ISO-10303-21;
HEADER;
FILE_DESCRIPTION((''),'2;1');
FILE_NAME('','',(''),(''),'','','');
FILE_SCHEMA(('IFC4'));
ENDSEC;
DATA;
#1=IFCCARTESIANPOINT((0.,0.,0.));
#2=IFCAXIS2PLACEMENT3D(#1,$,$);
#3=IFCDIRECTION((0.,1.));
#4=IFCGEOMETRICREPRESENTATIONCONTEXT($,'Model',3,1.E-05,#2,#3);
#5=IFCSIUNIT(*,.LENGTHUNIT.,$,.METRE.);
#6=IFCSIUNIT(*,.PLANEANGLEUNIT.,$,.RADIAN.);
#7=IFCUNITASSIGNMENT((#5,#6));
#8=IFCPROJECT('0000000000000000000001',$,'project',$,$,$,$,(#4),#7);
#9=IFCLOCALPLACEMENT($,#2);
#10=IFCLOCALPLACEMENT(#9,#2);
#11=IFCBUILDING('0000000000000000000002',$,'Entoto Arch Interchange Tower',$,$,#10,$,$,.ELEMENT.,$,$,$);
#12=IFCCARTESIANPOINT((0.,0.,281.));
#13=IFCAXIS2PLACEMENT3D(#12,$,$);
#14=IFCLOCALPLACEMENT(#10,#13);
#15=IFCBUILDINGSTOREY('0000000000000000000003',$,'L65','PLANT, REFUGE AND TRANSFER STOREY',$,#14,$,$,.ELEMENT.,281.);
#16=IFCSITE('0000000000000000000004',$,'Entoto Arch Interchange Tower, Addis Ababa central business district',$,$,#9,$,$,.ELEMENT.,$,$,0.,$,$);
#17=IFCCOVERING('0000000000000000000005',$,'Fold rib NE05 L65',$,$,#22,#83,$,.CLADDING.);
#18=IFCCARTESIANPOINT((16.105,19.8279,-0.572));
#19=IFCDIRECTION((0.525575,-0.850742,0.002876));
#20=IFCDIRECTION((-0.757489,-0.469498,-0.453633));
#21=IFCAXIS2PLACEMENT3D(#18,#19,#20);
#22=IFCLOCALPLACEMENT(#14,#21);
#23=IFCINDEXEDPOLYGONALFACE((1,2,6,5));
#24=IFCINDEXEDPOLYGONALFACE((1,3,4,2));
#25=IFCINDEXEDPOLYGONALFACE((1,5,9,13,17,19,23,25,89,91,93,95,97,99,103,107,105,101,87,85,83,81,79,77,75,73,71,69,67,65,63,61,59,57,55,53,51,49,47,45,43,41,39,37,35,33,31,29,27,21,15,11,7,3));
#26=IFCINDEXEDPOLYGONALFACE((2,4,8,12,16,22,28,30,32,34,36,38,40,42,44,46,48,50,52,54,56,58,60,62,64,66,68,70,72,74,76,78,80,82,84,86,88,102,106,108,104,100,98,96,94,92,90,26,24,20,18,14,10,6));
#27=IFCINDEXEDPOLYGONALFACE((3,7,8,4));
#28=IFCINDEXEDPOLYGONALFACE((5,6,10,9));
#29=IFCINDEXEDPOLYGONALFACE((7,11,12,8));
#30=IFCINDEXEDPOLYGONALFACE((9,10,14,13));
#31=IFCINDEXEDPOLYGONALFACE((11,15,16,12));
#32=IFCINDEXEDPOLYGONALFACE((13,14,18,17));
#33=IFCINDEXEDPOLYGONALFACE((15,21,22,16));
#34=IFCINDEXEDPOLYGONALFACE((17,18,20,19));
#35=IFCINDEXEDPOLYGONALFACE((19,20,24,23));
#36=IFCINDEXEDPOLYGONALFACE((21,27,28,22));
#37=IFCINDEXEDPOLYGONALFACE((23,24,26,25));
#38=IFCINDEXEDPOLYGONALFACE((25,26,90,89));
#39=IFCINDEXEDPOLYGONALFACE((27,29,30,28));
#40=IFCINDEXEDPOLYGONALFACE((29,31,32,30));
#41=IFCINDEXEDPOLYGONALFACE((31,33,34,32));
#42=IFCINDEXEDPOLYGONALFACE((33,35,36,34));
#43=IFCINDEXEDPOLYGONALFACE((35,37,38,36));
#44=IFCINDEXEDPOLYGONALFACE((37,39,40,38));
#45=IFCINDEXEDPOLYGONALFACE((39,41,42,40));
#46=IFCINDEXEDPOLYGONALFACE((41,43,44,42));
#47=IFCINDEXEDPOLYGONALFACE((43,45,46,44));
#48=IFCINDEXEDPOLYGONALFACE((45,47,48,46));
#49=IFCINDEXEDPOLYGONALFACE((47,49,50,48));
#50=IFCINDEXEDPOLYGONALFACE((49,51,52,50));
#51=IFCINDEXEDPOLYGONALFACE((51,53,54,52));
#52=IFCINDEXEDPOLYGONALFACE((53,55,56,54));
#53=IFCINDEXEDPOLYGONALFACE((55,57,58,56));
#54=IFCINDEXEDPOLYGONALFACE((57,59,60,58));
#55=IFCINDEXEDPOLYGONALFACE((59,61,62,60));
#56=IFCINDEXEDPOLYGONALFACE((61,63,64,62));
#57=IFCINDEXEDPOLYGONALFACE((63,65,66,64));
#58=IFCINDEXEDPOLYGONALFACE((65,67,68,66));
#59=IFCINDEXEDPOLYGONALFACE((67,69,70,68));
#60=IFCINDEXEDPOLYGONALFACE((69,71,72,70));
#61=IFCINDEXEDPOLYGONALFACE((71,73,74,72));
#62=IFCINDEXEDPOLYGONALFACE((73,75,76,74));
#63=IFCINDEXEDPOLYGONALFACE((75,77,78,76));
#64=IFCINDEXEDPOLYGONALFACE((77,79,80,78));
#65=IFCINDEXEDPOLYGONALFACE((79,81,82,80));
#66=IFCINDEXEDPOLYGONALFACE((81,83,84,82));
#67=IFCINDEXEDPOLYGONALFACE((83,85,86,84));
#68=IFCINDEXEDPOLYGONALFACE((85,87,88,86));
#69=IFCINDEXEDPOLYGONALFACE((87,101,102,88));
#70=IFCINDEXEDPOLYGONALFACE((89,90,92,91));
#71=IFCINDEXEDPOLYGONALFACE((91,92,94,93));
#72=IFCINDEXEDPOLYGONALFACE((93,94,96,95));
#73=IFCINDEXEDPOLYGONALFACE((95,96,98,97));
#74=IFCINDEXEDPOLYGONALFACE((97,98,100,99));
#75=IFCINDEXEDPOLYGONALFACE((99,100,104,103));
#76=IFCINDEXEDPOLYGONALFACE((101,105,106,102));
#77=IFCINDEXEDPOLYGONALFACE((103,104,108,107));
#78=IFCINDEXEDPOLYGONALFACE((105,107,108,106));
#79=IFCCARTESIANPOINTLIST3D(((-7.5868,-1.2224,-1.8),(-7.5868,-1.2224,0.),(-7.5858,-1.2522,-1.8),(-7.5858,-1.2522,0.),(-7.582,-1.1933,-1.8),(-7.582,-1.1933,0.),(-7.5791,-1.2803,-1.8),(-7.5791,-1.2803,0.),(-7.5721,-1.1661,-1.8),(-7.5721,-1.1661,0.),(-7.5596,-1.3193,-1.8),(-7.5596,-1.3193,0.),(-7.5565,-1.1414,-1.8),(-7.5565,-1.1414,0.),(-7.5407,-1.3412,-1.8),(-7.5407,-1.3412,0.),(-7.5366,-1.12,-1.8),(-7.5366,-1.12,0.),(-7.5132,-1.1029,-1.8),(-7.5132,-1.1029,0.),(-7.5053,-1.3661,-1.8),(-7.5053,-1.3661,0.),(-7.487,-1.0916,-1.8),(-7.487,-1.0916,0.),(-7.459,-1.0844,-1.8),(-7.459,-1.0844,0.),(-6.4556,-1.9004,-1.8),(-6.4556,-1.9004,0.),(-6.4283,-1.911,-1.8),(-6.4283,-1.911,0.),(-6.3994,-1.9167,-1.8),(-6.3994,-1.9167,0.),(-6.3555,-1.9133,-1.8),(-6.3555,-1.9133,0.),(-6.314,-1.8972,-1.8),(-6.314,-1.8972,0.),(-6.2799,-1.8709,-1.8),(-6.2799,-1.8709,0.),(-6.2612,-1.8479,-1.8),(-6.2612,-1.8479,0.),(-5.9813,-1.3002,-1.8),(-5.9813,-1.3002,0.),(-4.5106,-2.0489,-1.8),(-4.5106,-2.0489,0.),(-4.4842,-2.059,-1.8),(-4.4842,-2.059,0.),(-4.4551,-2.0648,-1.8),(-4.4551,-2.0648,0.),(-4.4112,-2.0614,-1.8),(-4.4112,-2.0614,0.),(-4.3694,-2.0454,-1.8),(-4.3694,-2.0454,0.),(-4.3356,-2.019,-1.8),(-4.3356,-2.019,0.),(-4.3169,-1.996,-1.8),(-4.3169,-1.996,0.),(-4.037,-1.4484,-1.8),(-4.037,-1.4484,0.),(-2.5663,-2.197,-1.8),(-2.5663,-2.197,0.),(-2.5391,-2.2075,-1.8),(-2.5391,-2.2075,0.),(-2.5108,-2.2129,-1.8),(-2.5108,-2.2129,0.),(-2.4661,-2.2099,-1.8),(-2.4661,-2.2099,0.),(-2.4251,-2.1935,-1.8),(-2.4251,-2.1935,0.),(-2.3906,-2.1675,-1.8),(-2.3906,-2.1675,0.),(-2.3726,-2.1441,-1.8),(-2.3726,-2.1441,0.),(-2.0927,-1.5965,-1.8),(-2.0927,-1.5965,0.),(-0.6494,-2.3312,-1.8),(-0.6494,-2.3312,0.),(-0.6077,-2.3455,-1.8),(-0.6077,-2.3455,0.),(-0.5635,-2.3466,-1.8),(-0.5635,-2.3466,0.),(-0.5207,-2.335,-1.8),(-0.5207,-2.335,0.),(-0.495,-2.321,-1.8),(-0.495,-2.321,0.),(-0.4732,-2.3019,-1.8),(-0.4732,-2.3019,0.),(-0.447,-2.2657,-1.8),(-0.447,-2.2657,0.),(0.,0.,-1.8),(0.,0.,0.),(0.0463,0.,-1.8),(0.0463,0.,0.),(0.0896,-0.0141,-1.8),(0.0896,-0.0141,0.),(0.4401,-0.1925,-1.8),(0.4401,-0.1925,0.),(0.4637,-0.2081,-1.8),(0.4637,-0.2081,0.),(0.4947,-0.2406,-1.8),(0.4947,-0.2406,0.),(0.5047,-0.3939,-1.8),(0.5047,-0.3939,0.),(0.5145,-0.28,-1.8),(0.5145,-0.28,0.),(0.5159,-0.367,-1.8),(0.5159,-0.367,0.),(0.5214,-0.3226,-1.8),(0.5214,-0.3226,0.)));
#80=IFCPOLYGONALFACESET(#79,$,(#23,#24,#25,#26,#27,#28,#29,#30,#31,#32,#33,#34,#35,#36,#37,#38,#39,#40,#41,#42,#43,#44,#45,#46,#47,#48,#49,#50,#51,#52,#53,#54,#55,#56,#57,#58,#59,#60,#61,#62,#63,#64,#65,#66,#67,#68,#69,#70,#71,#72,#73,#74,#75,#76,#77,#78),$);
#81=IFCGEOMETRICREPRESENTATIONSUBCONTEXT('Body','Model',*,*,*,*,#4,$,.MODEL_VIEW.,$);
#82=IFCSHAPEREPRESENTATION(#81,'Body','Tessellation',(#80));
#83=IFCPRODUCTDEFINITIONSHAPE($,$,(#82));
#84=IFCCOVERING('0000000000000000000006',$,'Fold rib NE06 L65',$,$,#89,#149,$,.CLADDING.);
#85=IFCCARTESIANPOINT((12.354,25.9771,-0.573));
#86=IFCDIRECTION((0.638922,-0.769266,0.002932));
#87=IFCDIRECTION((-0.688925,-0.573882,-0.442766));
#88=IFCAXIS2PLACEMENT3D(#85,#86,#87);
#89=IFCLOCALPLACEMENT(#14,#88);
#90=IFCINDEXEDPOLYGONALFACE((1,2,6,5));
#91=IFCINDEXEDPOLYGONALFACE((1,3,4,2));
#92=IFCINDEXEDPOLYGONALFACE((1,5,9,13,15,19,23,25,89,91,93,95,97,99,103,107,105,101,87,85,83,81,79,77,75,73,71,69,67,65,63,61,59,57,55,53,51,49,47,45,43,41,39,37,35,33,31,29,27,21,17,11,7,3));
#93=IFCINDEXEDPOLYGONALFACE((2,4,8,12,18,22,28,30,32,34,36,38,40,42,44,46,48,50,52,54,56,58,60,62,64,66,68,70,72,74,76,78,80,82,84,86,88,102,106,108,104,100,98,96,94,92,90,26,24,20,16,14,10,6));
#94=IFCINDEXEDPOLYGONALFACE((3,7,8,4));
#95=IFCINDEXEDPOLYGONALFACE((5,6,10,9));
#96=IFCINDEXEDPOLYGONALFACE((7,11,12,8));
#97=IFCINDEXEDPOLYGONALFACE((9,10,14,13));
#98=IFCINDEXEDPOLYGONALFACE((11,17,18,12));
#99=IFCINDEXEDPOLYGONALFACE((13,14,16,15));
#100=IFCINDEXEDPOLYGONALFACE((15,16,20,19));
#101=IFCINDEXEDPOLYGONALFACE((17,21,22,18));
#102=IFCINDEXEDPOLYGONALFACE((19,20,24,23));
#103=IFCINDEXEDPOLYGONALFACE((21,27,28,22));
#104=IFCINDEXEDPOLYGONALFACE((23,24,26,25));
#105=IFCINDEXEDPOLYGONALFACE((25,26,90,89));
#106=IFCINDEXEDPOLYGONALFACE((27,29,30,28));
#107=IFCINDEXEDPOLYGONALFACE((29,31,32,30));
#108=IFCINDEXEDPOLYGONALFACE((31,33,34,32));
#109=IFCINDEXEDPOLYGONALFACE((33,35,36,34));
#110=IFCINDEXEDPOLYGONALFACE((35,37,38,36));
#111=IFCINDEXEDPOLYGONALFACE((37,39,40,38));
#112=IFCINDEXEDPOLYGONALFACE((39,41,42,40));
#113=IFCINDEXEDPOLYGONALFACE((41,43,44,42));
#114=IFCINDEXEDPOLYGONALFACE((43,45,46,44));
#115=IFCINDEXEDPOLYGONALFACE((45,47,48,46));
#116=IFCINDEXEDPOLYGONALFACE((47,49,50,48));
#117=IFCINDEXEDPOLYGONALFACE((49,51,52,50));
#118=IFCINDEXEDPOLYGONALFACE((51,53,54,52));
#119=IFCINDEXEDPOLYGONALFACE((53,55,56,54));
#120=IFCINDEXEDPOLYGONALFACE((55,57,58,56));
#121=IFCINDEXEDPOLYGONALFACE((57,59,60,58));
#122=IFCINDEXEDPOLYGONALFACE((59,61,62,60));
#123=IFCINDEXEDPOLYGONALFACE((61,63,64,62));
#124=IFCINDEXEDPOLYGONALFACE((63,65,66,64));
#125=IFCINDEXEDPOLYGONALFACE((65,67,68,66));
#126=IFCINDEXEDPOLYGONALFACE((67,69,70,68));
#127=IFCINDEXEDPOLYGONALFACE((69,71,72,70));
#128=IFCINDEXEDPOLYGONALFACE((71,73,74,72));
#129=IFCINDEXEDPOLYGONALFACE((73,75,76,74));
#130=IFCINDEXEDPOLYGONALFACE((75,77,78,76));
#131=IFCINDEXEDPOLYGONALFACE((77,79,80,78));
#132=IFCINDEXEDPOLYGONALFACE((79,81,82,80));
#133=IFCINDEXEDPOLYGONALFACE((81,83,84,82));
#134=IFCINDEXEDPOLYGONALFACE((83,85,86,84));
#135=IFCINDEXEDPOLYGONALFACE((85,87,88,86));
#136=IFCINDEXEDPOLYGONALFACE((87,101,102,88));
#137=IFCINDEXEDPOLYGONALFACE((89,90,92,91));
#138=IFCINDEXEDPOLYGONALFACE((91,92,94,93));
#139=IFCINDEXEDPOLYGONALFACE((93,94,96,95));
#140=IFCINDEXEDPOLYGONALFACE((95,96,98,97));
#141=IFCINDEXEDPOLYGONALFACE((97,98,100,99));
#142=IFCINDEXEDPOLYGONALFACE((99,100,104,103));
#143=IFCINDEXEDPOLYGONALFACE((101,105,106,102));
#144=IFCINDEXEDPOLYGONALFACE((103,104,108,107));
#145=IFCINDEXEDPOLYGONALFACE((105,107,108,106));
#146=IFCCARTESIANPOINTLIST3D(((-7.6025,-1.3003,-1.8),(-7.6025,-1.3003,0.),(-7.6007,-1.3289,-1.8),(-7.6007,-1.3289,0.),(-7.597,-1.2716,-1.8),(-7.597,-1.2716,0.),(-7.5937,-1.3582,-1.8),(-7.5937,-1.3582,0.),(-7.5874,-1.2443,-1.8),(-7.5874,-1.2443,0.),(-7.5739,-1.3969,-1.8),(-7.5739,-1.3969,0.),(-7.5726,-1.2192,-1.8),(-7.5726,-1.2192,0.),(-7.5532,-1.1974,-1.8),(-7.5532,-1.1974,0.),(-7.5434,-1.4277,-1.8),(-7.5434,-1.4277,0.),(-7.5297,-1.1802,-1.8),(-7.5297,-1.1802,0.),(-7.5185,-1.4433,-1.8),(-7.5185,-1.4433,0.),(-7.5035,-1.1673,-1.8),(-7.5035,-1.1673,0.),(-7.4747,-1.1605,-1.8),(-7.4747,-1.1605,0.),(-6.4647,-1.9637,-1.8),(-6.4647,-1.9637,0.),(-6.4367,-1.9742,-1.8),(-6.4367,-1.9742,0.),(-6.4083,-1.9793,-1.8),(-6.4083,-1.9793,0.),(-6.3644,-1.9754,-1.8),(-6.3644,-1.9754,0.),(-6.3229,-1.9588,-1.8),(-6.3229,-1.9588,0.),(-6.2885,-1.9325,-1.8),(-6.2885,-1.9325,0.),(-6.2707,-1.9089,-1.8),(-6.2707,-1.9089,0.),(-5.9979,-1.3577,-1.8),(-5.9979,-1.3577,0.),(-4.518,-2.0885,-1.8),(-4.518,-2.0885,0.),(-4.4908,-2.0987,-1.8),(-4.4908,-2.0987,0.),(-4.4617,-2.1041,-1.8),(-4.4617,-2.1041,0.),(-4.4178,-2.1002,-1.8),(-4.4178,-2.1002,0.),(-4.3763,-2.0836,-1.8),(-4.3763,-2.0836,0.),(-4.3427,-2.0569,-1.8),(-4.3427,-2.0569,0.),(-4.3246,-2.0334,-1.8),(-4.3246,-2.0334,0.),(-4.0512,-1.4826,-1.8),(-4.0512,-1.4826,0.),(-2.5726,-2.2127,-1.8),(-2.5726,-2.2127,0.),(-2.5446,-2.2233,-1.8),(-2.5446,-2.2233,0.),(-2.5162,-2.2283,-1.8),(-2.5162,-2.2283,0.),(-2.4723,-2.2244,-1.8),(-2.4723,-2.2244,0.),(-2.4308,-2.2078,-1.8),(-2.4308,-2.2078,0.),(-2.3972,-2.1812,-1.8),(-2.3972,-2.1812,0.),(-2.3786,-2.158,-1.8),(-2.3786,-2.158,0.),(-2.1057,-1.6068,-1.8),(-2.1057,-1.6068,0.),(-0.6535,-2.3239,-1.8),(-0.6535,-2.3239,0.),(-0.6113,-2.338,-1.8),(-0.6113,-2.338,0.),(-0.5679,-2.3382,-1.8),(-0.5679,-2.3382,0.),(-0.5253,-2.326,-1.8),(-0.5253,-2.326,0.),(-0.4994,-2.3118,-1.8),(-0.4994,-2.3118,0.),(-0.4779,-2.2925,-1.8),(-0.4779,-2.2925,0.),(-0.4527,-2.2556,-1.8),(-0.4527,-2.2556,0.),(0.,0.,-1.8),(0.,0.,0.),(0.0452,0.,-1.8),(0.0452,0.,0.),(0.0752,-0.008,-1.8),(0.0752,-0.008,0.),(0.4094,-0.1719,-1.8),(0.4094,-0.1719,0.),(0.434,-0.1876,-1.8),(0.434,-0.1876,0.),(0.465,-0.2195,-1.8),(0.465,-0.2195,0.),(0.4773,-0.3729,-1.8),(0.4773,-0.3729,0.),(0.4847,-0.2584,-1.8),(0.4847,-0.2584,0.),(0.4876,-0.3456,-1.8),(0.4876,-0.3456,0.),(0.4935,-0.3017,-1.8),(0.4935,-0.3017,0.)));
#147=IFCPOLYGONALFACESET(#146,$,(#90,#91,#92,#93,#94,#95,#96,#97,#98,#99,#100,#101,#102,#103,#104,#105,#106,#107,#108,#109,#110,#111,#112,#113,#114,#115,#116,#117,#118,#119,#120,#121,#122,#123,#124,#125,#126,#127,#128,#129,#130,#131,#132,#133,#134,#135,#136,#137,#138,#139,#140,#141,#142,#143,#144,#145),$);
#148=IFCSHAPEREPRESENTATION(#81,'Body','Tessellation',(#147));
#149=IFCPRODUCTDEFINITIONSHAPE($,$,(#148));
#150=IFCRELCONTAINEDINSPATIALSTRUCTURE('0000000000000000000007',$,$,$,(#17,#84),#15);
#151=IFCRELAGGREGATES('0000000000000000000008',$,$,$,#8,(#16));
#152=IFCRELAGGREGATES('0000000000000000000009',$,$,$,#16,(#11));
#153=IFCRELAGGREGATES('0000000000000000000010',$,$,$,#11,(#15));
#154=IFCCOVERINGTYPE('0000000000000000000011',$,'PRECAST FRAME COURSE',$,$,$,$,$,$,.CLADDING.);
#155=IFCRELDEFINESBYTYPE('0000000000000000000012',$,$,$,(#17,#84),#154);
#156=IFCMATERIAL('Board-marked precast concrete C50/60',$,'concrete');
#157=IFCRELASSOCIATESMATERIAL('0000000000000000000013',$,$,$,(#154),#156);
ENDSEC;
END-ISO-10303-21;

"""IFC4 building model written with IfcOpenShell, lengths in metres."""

from ifc_helpers import new_model, si_unit, direction, frame, origin, place, context, subcontext, project, spatial, polyline, outline, extrude, material, type_object, element, save


model = new_model("IFC4")

# Units and contexts
model_context = context("Model", 3, precision=1e-05, world=origin(), true_north=direction((0.0, 1.0)))
body_context = subcontext(model_context, "Body", "Model", "MODEL_VIEW")
ifc_project = project(units=[si_unit("LENGTHUNIT", "METRE"), si_unit("PLANEANGLEUNIT", "RADIAN")], contexts=[model_context])

# Site, building, storey
site_placement = place(None, origin())
site = spatial("IfcSite", under=ifc_project, at=site_placement, Name="Entoto Arch Interchange Tower, Addis Ababa central business district", CompositionType="ELEMENT", RefElevation=0.0)
building_placement = place(site_placement, origin())
building = spatial("IfcBuilding", under=site, at=building_placement, Name="Entoto Arch Interchange Tower", CompositionType="ELEMENT")
storey_placement = place(building_placement, frame((0.0, 0.0, 281.0)))
storey = spatial("IfcBuildingStorey", under=building, at=storey_placement, Name="L65", Description="PLANT, REFUGE AND TRANSFER STOREY", CompositionType="ELEMENT", Elevation=281.0)

# Shared definitions
ifc_material_1 = material(Name="Board-marked precast concrete C50/60", Category="concrete")

# Coverings
covering_type = type_object("IfcCoveringType", Name="PRECAST FRAME COURSE", PredefinedType="CLADDING", material=ifc_material_1)
covering_1_placement = place(storey_placement, frame((16.105, 19.8279, -0.572), z_axis=(0.525575, -0.850742, 0.002876), x_axis=(-0.757489, -0.469498, -0.453633)))
element("IfcCovering", 1, at=covering_1_placement, inside=storey, type_object=covering_type, Name="Fold rib NE05 L65", PredefinedType="CLADDING", context=body_context, shape_type="SweptSolid", body=[
    extrude(outline(polyline([(0.0, 0.0), (0.0463, 0.0), (0.0896, -0.0141), (0.4401, -0.1925), (0.4637, -0.2081), (0.4947, -0.2406), (0.5145, -0.28), (0.5214, -0.3226), (0.5159, -0.367), (0.5047, -0.3939), (-0.447, -2.2657), (-0.4732, -2.3019), (-0.495, -2.321), (-0.5207, -2.335), (-0.5635, -2.3466), (-0.6077, -2.3455), (-0.6494, -2.3312), (-2.0927, -1.5965), (-2.3726, -2.1441), (-2.3906, -2.1675), (-2.4251, -2.1935), (-2.4661, -2.2099), (-2.5108, -2.2129), (-2.5391, -2.2075), (-2.5663, -2.197), (-4.037, -1.4484), (-4.3169, -1.996), (-4.3356, -2.019), (-4.3694, -2.0454), (-4.4112, -2.0614), (-4.4551, -2.0648), (-4.4842, -2.059), (-4.5106, -2.0489), (-5.9813, -1.3002), (-6.2612, -1.8479), (-6.2799, -1.8709), (-6.314, -1.8972), (-6.3555, -1.9133), (-6.3994, -1.9167), (-6.4283, -1.911), (-6.4556, -1.9004), (-7.5053, -1.3661), (-7.5407, -1.3412), (-7.5596, -1.3193), (-7.5791, -1.2803), (-7.5858, -1.2522), (-7.5868, -1.2224), (-7.582, -1.1933), (-7.5721, -1.1661), (-7.5565, -1.1414), (-7.5366, -1.12), (-7.5132, -1.1029), (-7.487, -1.0916), (-7.459, -1.0844), (0.0, 0.0)])), origin(), (0.0, 0.0, -1.0), 1.8),
])
covering_2_placement = place(storey_placement, frame((12.354, 25.9771, -0.573), z_axis=(0.638922, -0.769266, 0.002932), x_axis=(-0.688925, -0.573882, -0.442766)))
element("IfcCovering", 2, at=covering_2_placement, inside=storey, type_object=covering_type, Name="Fold rib NE06 L65", PredefinedType="CLADDING", context=body_context, shape_type="SweptSolid", body=[
    extrude(outline(polyline([(0.0, 0.0), (0.0452, 0.0), (0.0752, -0.008), (0.4094, -0.1719), (0.434, -0.1876), (0.465, -0.2195), (0.4847, -0.2584), (0.4935, -0.3017), (0.4876, -0.3456), (0.4773, -0.3729), (-0.4527, -2.2556), (-0.4779, -2.2925), (-0.4994, -2.3118), (-0.5253, -2.326), (-0.5679, -2.3382), (-0.6113, -2.338), (-0.6535, -2.3239), (-2.1057, -1.6068), (-2.3786, -2.158), (-2.3972, -2.1812), (-2.4308, -2.2078), (-2.4723, -2.2244), (-2.5162, -2.2283), (-2.5446, -2.2233), (-2.5726, -2.2127), (-4.0512, -1.4826), (-4.3246, -2.0334), (-4.3427, -2.0569), (-4.3763, -2.0836), (-4.4178, -2.1002), (-4.4617, -2.1041), (-4.4908, -2.0987), (-4.518, -2.0885), (-5.9979, -1.3577), (-6.2707, -1.9089), (-6.2885, -1.9325), (-6.3229, -1.9588), (-6.3644, -1.9754), (-6.4083, -1.9793), (-6.4367, -1.9742), (-6.4647, -1.9637), (-7.5185, -1.4433), (-7.5434, -1.4277), (-7.5739, -1.3969), (-7.5937, -1.3582), (-7.6007, -1.3289), (-7.6025, -1.3003), (-7.597, -1.2716), (-7.5874, -1.2443), (-7.5726, -1.2192), (-7.5532, -1.1974), (-7.5297, -1.1802), (-7.5035, -1.1673), (-7.4747, -1.1605), (0.0, 0.0)])), origin(), (0.0, 0.0, -1.0), 1.8),
])

save(model, "model.ifc")
